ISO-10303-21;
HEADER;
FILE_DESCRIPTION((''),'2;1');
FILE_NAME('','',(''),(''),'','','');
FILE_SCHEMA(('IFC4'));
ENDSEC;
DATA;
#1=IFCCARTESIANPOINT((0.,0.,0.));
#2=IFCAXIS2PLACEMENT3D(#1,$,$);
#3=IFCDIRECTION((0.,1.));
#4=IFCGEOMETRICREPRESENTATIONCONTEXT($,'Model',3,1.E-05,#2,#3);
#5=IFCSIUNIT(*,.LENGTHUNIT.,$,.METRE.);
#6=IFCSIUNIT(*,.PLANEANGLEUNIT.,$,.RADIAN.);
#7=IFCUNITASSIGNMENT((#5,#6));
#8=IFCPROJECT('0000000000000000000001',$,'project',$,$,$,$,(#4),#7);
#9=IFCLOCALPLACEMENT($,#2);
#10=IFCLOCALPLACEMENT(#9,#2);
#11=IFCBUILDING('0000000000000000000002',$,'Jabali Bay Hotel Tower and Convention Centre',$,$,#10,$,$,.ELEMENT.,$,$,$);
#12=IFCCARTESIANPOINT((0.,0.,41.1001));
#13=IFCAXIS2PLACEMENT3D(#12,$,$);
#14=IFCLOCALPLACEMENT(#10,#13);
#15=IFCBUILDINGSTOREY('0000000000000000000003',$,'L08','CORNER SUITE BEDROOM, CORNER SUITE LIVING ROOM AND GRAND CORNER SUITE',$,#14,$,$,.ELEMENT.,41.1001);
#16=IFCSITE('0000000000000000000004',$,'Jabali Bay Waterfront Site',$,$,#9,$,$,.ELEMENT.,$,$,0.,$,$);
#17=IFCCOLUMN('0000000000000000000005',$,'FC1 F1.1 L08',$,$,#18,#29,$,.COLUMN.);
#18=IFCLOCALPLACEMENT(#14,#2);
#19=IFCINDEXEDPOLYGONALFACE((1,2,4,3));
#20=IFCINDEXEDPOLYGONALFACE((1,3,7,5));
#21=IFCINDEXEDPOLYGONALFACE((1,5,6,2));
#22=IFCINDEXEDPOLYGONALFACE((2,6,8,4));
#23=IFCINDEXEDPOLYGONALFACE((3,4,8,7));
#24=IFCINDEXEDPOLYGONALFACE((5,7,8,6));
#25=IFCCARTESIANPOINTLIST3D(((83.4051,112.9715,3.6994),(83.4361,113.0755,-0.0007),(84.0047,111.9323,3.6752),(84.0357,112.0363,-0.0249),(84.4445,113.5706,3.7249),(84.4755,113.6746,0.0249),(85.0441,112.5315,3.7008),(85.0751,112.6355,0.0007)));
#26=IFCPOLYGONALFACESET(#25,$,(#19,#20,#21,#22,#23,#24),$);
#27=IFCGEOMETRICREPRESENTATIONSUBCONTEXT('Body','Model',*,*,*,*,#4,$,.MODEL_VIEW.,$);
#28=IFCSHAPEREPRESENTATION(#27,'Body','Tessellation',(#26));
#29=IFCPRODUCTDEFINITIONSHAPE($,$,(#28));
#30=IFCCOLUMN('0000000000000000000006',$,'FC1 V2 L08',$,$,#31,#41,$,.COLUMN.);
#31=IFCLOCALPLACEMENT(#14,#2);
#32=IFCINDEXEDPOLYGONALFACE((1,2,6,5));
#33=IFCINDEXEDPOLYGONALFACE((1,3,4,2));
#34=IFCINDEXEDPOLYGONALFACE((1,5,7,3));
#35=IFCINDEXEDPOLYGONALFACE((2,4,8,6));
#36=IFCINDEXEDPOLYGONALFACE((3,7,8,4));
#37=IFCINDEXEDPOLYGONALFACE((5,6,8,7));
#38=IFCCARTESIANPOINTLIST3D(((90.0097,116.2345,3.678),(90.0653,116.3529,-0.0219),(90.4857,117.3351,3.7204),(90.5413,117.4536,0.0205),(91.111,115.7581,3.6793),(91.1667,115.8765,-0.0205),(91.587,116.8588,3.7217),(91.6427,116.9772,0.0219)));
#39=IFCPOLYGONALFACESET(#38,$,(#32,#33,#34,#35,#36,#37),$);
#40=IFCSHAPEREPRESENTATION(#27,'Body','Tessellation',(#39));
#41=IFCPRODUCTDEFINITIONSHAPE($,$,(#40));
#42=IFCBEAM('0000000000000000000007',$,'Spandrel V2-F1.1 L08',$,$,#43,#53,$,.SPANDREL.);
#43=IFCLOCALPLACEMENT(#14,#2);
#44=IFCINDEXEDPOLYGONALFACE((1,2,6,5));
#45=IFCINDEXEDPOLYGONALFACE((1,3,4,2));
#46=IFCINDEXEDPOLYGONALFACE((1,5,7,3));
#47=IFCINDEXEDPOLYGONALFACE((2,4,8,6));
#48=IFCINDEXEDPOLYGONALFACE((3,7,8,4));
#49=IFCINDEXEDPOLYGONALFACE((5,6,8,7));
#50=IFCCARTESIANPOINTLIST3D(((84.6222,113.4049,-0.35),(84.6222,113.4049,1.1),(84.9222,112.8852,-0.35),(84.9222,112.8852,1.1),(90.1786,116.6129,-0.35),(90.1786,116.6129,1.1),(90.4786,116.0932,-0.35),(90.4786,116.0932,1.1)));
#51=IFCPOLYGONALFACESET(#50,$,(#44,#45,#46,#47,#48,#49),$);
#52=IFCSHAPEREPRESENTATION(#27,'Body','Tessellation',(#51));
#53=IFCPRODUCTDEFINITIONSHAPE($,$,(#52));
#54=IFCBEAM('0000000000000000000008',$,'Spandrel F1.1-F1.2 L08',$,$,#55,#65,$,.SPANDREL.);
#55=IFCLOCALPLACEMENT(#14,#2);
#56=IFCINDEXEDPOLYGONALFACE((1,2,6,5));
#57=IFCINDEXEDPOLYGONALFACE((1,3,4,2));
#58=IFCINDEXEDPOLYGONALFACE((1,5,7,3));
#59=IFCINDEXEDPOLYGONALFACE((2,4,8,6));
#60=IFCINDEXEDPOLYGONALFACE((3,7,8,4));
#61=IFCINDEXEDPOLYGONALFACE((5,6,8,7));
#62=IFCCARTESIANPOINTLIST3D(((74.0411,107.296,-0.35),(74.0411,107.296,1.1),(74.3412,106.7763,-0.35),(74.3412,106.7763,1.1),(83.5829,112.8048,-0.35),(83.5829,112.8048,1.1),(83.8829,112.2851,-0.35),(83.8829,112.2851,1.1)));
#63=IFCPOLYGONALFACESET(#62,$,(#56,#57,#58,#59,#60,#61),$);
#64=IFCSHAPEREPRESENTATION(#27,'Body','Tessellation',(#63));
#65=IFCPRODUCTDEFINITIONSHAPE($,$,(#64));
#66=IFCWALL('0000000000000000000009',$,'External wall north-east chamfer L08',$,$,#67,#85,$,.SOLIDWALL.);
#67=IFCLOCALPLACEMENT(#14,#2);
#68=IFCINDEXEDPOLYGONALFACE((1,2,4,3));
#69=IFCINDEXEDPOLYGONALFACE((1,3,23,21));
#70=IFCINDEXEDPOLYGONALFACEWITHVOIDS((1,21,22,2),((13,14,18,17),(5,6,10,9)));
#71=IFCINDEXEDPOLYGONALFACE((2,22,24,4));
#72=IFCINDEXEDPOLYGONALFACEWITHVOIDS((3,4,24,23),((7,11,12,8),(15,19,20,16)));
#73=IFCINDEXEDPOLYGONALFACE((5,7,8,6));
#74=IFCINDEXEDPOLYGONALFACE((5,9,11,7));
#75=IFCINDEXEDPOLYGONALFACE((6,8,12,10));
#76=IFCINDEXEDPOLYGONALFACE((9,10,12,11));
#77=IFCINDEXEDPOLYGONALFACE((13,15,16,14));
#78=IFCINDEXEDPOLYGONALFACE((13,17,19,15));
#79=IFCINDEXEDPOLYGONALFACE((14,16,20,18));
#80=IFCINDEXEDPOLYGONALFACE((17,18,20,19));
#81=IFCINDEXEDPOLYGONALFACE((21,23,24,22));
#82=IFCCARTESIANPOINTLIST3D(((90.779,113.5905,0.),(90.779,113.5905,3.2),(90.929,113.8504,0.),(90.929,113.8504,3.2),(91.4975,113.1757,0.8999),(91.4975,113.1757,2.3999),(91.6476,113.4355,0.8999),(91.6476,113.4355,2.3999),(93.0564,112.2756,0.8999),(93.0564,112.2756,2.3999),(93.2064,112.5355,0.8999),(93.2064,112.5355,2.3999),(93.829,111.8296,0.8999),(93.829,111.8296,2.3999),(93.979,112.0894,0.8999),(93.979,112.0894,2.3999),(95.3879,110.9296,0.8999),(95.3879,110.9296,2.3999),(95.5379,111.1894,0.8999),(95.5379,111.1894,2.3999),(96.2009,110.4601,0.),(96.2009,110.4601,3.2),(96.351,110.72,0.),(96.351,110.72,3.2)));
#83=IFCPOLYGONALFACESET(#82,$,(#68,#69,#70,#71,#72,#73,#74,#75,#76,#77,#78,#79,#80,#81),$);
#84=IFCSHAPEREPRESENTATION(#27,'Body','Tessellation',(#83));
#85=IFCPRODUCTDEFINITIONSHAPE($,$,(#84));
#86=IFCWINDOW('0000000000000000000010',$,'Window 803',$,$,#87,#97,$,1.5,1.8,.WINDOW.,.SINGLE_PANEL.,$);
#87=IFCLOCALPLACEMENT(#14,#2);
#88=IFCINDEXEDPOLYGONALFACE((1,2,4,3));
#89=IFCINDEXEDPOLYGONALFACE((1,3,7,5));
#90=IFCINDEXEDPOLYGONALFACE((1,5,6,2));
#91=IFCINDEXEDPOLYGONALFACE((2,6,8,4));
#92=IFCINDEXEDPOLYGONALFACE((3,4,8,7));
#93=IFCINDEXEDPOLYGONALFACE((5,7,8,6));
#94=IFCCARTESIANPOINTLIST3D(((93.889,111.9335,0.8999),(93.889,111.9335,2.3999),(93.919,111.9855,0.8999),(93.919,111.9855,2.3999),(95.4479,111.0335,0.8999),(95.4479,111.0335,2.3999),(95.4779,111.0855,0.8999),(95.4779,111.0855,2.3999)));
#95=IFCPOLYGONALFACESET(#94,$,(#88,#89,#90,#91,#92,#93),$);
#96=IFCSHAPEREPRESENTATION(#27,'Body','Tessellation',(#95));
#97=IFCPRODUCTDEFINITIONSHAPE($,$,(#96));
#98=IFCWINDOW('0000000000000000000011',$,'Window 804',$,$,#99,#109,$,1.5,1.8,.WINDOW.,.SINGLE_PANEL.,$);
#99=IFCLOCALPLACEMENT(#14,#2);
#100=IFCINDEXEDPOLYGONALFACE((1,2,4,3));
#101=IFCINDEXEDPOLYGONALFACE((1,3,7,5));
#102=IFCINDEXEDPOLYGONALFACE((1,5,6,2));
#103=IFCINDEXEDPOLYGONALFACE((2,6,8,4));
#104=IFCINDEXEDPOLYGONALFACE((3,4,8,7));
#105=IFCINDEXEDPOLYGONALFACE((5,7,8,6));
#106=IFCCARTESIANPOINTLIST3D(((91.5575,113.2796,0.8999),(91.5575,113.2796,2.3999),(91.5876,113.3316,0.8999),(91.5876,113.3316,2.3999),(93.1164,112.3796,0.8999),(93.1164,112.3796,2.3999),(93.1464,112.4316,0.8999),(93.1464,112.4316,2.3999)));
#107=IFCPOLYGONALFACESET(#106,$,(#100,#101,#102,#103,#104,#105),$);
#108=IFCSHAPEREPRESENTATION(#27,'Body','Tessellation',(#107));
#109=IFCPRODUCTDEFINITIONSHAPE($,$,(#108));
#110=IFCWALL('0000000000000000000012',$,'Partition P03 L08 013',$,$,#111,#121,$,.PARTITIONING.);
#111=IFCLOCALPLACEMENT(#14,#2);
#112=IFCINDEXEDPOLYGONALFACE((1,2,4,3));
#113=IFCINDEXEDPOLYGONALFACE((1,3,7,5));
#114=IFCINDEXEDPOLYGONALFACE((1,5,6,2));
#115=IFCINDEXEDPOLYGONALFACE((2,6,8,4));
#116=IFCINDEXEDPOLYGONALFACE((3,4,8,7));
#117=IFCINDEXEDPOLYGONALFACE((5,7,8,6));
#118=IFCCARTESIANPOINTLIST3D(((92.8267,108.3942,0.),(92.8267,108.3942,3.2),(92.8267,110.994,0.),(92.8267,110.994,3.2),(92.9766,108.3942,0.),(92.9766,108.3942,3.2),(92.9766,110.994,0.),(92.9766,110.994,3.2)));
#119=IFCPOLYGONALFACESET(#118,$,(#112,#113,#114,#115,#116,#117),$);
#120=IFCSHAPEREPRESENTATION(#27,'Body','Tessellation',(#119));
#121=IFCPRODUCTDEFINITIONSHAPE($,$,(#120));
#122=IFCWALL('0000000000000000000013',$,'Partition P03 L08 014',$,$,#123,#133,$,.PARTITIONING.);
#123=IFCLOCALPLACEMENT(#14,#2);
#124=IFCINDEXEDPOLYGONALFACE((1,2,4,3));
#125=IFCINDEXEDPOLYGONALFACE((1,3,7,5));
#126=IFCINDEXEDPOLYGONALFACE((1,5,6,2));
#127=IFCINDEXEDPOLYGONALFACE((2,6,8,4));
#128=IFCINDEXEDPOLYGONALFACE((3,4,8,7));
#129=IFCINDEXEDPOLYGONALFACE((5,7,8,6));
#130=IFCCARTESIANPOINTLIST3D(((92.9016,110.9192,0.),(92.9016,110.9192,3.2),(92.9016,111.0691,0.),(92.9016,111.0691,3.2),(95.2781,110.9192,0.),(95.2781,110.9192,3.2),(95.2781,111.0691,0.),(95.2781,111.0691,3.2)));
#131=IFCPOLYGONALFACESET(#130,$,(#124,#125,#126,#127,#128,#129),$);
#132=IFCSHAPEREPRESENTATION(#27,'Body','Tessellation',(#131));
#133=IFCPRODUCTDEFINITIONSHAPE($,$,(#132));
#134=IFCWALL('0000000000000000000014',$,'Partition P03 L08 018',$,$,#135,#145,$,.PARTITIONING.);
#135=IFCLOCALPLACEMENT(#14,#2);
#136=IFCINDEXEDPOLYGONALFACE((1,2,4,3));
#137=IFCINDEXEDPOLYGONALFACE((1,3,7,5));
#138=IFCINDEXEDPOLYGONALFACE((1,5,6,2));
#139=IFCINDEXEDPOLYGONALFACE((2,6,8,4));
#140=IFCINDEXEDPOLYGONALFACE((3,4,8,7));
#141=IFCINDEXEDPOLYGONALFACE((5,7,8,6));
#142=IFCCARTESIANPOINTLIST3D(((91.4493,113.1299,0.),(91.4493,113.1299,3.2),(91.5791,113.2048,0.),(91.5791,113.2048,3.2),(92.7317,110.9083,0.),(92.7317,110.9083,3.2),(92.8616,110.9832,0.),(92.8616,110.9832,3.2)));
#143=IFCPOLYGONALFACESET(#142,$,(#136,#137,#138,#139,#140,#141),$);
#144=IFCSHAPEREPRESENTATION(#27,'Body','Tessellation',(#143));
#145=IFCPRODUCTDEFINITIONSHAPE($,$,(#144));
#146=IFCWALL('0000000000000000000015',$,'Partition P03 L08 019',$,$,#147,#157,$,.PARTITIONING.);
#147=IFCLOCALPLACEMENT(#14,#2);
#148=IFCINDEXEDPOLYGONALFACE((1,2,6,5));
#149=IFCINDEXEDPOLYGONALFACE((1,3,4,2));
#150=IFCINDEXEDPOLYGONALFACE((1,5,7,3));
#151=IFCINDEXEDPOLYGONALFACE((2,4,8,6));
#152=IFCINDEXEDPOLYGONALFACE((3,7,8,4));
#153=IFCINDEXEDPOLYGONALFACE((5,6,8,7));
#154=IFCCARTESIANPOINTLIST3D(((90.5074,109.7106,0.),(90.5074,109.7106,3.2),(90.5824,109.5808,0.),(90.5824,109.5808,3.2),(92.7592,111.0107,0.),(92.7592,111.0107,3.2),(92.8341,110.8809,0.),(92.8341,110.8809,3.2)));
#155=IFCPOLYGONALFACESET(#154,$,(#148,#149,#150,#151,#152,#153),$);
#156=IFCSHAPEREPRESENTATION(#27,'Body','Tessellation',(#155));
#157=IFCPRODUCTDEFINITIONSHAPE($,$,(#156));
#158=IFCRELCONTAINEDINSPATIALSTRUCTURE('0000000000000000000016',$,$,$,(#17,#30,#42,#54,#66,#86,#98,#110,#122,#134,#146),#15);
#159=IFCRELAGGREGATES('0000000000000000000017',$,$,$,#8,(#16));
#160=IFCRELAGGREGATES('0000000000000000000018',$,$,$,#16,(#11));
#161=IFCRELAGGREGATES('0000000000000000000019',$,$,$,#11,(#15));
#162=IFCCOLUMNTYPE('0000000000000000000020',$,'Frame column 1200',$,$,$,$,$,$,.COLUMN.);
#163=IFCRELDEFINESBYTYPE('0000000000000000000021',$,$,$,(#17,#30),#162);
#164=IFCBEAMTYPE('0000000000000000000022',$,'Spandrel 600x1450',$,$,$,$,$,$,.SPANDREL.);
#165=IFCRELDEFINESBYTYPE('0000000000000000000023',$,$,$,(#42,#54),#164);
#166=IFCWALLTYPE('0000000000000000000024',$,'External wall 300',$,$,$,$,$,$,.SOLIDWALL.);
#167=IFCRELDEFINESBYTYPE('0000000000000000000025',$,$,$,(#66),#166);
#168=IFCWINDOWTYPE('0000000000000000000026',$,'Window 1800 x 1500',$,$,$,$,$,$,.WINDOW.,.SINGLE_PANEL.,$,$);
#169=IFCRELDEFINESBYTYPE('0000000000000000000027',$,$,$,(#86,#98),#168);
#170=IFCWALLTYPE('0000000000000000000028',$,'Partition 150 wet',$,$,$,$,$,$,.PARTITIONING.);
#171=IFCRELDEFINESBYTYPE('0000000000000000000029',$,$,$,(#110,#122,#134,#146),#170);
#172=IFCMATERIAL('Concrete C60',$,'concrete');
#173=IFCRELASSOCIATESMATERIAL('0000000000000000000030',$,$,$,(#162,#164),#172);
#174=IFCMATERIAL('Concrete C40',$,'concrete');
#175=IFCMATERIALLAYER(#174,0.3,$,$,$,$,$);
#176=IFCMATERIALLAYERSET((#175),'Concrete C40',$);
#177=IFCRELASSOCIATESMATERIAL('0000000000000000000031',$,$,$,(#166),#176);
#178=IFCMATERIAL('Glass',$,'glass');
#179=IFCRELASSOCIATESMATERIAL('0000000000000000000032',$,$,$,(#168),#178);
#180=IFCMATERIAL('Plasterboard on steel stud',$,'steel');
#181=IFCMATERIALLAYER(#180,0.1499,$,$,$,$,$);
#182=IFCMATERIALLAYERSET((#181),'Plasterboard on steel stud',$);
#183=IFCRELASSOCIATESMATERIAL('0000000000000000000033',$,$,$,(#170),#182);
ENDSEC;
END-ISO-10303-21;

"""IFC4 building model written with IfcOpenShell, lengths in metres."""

from ifc_helpers import new_model, si_unit, direction, frame, frame_2d, origin, origin_2d, place, context, subcontext, project, spatial, rectangle, extrude, material, layer, layer_set, material_profile, profile_set, type_object, element, fill, save


model = new_model("IFC4")

# Units and contexts
model_context = context("Model", 3, precision=1e-05, world=origin(), true_north=direction((0.0, 1.0)))
body_context = subcontext(model_context, "Body", "Model", "MODEL_VIEW")
ifc_project = project(units=[si_unit("LENGTHUNIT", "METRE"), si_unit("PLANEANGLEUNIT", "RADIAN")], contexts=[model_context])

# Site, building, storey
site_placement = place(None, origin())
site = spatial("IfcSite", under=ifc_project, at=site_placement, Name="Jabali Bay Waterfront Site", CompositionType="ELEMENT", RefElevation=0.0)
building_placement = place(site_placement, origin())
building = spatial("IfcBuilding", under=site, at=building_placement, Name="Jabali Bay Hotel Tower and Convention Centre", CompositionType="ELEMENT")
storey_placement = place(building_placement, frame((0.0, 0.0, 41.1001)))
storey = spatial("IfcBuildingStorey", under=building, at=storey_placement, Name="L08", Description="CORNER SUITE BEDROOM, CORNER SUITE LIVING ROOM AND GRAND CORNER SUITE", CompositionType="ELEMENT", Elevation=41.1001)

# Columns
ifc_material_1 = material(Name="Concrete C60", Category="concrete")
ifc_material_profile_1 = material_profile(ifc_material_1, rectangle(XDim=1.2, YDim=1.2, at=origin_2d()), Name="Frame column 1200")
ifc_profile_set_1 = profile_set([ifc_material_profile_1], Name="Concrete C60")
column_type = type_object("IfcColumnType", Name="Frame column 1200", PredefinedType="COLUMN", material=ifc_profile_set_1)
column_1_placement = place(storey_placement, frame((84.2556, 112.8555, 0.0), z_axis=(-0.008376, -0.028097, 0.99957), x_axis=(0.866172, 0.499293, 0.021293)))
element("IfcColumn", 1, at=column_1_placement, inside=storey, type_object=column_type, Name="FC1 F1.1 L08", PredefinedType="COLUMN", context=body_context, shape_type="SweptSolid", body=[
    extrude(rectangle(XDim=1.2, YDim=1.2, at=origin_2d()), origin(), (0.0, 0.0, 1.0), 3.7017),
])
column_2_placement = place(storey_placement, frame((90.854, 116.665, 0.0), z_axis=(-0.015035, -0.031983, 0.999375), x_axis=(0.91783, -0.396972, 0.001104)))
element("IfcColumn", 2, at=column_2_placement, inside=storey, type_object=column_type, Name="FC1 V2 L08", PredefinedType="COLUMN", context=body_context, shape_type="SweptSolid", body=[
    extrude(rectangle(XDim=1.2, YDim=1.2, at=origin_2d()), origin(), (0.0, 0.0, 1.0), 3.7021),
])

# Beams
ifc_material_profile_2 = material_profile(ifc_material_1, rectangle(XDim=0.6001, YDim=1.45, at=origin_2d()), Name="Spandrel 600x1450")
ifc_profile_set_2 = profile_set([ifc_material_profile_2], Name="Concrete C60")
beam_type = type_object("IfcBeamType", Name="Spandrel 600x1450", PredefinedType="SPANDREL", material=ifc_profile_set_2)
beam_1_placement = place(storey_placement, frame((90.3286, 116.353, 0.375), z_axis=(-0.866024, -0.500002, 0.0), x_axis=(0.500002, -0.866024, 0.0)))
element("IfcBeam", 3, at=beam_1_placement, inside=storey, type_object=beam_type, Name="Spandrel V2-F1.1 L08", PredefinedType="SPANDREL", context=body_context, shape_type="SweptSolid", body=[
    extrude(rectangle(XDim=0.6001, YDim=1.45, at=origin_2d()), origin(), (0.0, 0.0, 1.0), 6.416),
])
beam_2_placement = place(storey_placement, frame((83.7329, 112.5449, 0.375), z_axis=(-0.866031, -0.49999, 0.0), x_axis=(0.49999, -0.866031, 0.0)))
element("IfcBeam", 4, at=beam_2_placement, inside=storey, type_object=beam_type, Name="Spandrel F1.1-F1.2 L08", PredefinedType="SPANDREL", context=body_context, shape_type="SweptSolid", body=[
    extrude(rectangle(XDim=0.6001, YDim=1.45, at=origin_2d()), origin(), (0.0, 0.0, 1.0), 11.0178),
])

# Wall, openings, windows
ifc_material_2 = material(Name="Concrete C40", Category="concrete")
ifc_layer_1 = layer(ifc_material_2, 0.3)
ifc_layer_set_1 = layer_set([ifc_layer_1], Name="Concrete C40")
wall_type_1 = type_object("IfcWallType", Name="External wall 300", PredefinedType="SOLIDWALL", material=ifc_layer_set_1)
wall_1_placement = place(storey_placement, frame((90.854, 113.7205, 0.0), z_axis=(0.0, 0.0, 1.0), x_axis=(0.866022, -0.500006, 0.0)))
wall_1 = element("IfcWall", 5, at=wall_1_placement, inside=storey, type_object=wall_type_1, Name="External wall north-east chamfer L08", PredefinedType="SOLIDWALL", context=body_context, shape_type="SweptSolid", body=[
    extrude(rectangle(XDim=6.2607, YDim=0.3, at=frame_2d((3.1304, 0.0))), origin(), (0.0, 0.0, 1.0), 3.2),
])
opening_1_placement = place(wall_1_placement, frame((3.522, 0.0, 0.8999)))
opening_1 = element("IfcOpeningElement", 6, at=opening_1_placement, cuts=wall_1, PredefinedType="OPENING", context=body_context, shape_type="SweptSolid", body=[
    extrude(rectangle(XDim=1.8, YDim=1.5, at=frame_2d((0.8999, 0.75))), frame((0.0, 0.1606, 0.0), z_axis=(0.0, -1.0, 0.0), x_axis=(1.0, 0.0, 0.0)), (0.0, 0.0, 1.0), 0.321),
])
opening_2_placement = place(wall_1_placement, frame((0.8298, 0.0, 0.8999)))
opening_2 = element("IfcOpeningElement", 7, at=opening_2_placement, cuts=wall_1, PredefinedType="OPENING", context=body_context, shape_type="SweptSolid", body=[
    extrude(rectangle(XDim=1.8, YDim=1.5, at=frame_2d((0.8999, 0.75))), frame((0.0, 0.1606, 0.0), z_axis=(0.0, -1.0, 0.0), x_axis=(1.0, 0.0, 0.0)), (0.0, 0.0, 1.0), 0.321),
])
ifc_material_3 = material(Name="Glass", Category="glass")
window_type = type_object("IfcWindowType", Name="Window 1800 x 1500", PartitioningType="SINGLE_PANEL", PredefinedType="WINDOW", material=ifc_material_3)
window_1_placement = place(opening_1_placement, origin())
window_1 = element("IfcWindow", 8, at=window_1_placement, inside=storey, type_object=window_type, Name="Window 803", OverallHeight=1.5, OverallWidth=1.8, PartitioningType="SINGLE_PANEL", PredefinedType="WINDOW", context=body_context, shape_type="SweptSolid", body=[
    extrude(rectangle(XDim=1.8, YDim=1.5, at=frame_2d((0.8999, 0.75))), frame((0.0, 0.03, 0.0), z_axis=(0.0, -1.0, 0.0), x_axis=(1.0, 0.0, 0.0)), (0.0, 0.0, 1.0), 0.0601),
])
fill(opening_1, window_1)
window_2_placement = place(opening_2_placement, origin())
window_2 = element("IfcWindow", 9, at=window_2_placement, inside=storey, type_object=window_type, Name="Window 804", OverallHeight=1.5, OverallWidth=1.8, PartitioningType="SINGLE_PANEL", PredefinedType="WINDOW", context=body_context, shape_type="SweptSolid", body=[
    extrude(rectangle(XDim=1.8, YDim=1.5, at=frame_2d((0.8999, 0.75))), frame((0.0, 0.03, 0.0), z_axis=(0.0, -1.0, 0.0), x_axis=(1.0, 0.0, 0.0)), (0.0, 0.0, 1.0), 0.0601),
])
fill(opening_2, window_2)

# Walls
ifc_material_4 = material(Name="Plasterboard on steel stud", Category="steel")
ifc_layer_2 = layer(ifc_material_4, 0.1499)
ifc_layer_set_2 = layer_set([ifc_layer_2], Name="Plasterboard on steel stud")
wall_type_2 = type_object("IfcWallType", Name="Partition 150 wet", PredefinedType="PARTITIONING", material=ifc_layer_set_2)
wall_2_placement = place(storey_placement, frame((92.9016, 108.3943, 0.0), z_axis=(0.0, 0.0, 1.0), x_axis=(0.0, 1.0, 0.0)))
element("IfcWall", 10, at=wall_2_placement, inside=storey, type_object=wall_type_2, Name="Partition P03 L08 013", PredefinedType="PARTITIONING", context=body_context, shape_type="SweptSolid", body=[
    extrude(rectangle(XDim=2.5999, YDim=0.1499, at=frame_2d((1.2998, 0.0))), origin(), (0.0, 0.0, 1.0), 3.2),
])
wall_3_placement = place(storey_placement, frame((92.9016, 110.9941, 0.0), z_axis=(0.0, 0.0, 1.0), x_axis=(1.0, 0.0, 0.0)))
element("IfcWall", 11, at=wall_3_placement, inside=storey, type_object=wall_type_2, Name="Partition P03 L08 014", PredefinedType="PARTITIONING", context=body_context, shape_type="SweptSolid", body=[
    extrude(rectangle(XDim=2.3765, YDim=0.1499, at=frame_2d((1.1882, 0.0))), origin(), (0.0, 0.0, 1.0), 3.2),
])
wall_4_placement = place(storey_placement, frame((91.5142, 113.1675, 0.0), z_axis=(0.0, 0.0, 1.0), x_axis=(0.499937, -0.866062, 0.0)))
element("IfcWall", 12, at=wall_4_placement, inside=storey, type_object=wall_type_2, Name="Partition P03 L08 018", PredefinedType="PARTITIONING", context=body_context, shape_type="SweptSolid", body=[
    extrude(rectangle(XDim=2.5652, YDim=0.1499, at=frame_2d((1.2827, 0.0))), origin(), (0.0, 0.0, 1.0), 3.2),
])
wall_5_placement = place(storey_placement, frame((92.7966, 110.9458, 0.0), z_axis=(0.0, 0.0, 1.0), x_axis=(-0.866021, -0.500007, 0.0)))
element("IfcWall", 13, at=wall_5_placement, inside=storey, type_object=wall_type_2, Name="Partition P03 L08 019", PredefinedType="PARTITIONING", context=body_context, shape_type="SweptSolid", body=[
    extrude(rectangle(XDim=2.6001, YDim=0.1499, at=frame_2d((1.3, 0.0))), origin(), (0.0, 0.0, 1.0), 3.2),
])

save(model, "model.ifc")
